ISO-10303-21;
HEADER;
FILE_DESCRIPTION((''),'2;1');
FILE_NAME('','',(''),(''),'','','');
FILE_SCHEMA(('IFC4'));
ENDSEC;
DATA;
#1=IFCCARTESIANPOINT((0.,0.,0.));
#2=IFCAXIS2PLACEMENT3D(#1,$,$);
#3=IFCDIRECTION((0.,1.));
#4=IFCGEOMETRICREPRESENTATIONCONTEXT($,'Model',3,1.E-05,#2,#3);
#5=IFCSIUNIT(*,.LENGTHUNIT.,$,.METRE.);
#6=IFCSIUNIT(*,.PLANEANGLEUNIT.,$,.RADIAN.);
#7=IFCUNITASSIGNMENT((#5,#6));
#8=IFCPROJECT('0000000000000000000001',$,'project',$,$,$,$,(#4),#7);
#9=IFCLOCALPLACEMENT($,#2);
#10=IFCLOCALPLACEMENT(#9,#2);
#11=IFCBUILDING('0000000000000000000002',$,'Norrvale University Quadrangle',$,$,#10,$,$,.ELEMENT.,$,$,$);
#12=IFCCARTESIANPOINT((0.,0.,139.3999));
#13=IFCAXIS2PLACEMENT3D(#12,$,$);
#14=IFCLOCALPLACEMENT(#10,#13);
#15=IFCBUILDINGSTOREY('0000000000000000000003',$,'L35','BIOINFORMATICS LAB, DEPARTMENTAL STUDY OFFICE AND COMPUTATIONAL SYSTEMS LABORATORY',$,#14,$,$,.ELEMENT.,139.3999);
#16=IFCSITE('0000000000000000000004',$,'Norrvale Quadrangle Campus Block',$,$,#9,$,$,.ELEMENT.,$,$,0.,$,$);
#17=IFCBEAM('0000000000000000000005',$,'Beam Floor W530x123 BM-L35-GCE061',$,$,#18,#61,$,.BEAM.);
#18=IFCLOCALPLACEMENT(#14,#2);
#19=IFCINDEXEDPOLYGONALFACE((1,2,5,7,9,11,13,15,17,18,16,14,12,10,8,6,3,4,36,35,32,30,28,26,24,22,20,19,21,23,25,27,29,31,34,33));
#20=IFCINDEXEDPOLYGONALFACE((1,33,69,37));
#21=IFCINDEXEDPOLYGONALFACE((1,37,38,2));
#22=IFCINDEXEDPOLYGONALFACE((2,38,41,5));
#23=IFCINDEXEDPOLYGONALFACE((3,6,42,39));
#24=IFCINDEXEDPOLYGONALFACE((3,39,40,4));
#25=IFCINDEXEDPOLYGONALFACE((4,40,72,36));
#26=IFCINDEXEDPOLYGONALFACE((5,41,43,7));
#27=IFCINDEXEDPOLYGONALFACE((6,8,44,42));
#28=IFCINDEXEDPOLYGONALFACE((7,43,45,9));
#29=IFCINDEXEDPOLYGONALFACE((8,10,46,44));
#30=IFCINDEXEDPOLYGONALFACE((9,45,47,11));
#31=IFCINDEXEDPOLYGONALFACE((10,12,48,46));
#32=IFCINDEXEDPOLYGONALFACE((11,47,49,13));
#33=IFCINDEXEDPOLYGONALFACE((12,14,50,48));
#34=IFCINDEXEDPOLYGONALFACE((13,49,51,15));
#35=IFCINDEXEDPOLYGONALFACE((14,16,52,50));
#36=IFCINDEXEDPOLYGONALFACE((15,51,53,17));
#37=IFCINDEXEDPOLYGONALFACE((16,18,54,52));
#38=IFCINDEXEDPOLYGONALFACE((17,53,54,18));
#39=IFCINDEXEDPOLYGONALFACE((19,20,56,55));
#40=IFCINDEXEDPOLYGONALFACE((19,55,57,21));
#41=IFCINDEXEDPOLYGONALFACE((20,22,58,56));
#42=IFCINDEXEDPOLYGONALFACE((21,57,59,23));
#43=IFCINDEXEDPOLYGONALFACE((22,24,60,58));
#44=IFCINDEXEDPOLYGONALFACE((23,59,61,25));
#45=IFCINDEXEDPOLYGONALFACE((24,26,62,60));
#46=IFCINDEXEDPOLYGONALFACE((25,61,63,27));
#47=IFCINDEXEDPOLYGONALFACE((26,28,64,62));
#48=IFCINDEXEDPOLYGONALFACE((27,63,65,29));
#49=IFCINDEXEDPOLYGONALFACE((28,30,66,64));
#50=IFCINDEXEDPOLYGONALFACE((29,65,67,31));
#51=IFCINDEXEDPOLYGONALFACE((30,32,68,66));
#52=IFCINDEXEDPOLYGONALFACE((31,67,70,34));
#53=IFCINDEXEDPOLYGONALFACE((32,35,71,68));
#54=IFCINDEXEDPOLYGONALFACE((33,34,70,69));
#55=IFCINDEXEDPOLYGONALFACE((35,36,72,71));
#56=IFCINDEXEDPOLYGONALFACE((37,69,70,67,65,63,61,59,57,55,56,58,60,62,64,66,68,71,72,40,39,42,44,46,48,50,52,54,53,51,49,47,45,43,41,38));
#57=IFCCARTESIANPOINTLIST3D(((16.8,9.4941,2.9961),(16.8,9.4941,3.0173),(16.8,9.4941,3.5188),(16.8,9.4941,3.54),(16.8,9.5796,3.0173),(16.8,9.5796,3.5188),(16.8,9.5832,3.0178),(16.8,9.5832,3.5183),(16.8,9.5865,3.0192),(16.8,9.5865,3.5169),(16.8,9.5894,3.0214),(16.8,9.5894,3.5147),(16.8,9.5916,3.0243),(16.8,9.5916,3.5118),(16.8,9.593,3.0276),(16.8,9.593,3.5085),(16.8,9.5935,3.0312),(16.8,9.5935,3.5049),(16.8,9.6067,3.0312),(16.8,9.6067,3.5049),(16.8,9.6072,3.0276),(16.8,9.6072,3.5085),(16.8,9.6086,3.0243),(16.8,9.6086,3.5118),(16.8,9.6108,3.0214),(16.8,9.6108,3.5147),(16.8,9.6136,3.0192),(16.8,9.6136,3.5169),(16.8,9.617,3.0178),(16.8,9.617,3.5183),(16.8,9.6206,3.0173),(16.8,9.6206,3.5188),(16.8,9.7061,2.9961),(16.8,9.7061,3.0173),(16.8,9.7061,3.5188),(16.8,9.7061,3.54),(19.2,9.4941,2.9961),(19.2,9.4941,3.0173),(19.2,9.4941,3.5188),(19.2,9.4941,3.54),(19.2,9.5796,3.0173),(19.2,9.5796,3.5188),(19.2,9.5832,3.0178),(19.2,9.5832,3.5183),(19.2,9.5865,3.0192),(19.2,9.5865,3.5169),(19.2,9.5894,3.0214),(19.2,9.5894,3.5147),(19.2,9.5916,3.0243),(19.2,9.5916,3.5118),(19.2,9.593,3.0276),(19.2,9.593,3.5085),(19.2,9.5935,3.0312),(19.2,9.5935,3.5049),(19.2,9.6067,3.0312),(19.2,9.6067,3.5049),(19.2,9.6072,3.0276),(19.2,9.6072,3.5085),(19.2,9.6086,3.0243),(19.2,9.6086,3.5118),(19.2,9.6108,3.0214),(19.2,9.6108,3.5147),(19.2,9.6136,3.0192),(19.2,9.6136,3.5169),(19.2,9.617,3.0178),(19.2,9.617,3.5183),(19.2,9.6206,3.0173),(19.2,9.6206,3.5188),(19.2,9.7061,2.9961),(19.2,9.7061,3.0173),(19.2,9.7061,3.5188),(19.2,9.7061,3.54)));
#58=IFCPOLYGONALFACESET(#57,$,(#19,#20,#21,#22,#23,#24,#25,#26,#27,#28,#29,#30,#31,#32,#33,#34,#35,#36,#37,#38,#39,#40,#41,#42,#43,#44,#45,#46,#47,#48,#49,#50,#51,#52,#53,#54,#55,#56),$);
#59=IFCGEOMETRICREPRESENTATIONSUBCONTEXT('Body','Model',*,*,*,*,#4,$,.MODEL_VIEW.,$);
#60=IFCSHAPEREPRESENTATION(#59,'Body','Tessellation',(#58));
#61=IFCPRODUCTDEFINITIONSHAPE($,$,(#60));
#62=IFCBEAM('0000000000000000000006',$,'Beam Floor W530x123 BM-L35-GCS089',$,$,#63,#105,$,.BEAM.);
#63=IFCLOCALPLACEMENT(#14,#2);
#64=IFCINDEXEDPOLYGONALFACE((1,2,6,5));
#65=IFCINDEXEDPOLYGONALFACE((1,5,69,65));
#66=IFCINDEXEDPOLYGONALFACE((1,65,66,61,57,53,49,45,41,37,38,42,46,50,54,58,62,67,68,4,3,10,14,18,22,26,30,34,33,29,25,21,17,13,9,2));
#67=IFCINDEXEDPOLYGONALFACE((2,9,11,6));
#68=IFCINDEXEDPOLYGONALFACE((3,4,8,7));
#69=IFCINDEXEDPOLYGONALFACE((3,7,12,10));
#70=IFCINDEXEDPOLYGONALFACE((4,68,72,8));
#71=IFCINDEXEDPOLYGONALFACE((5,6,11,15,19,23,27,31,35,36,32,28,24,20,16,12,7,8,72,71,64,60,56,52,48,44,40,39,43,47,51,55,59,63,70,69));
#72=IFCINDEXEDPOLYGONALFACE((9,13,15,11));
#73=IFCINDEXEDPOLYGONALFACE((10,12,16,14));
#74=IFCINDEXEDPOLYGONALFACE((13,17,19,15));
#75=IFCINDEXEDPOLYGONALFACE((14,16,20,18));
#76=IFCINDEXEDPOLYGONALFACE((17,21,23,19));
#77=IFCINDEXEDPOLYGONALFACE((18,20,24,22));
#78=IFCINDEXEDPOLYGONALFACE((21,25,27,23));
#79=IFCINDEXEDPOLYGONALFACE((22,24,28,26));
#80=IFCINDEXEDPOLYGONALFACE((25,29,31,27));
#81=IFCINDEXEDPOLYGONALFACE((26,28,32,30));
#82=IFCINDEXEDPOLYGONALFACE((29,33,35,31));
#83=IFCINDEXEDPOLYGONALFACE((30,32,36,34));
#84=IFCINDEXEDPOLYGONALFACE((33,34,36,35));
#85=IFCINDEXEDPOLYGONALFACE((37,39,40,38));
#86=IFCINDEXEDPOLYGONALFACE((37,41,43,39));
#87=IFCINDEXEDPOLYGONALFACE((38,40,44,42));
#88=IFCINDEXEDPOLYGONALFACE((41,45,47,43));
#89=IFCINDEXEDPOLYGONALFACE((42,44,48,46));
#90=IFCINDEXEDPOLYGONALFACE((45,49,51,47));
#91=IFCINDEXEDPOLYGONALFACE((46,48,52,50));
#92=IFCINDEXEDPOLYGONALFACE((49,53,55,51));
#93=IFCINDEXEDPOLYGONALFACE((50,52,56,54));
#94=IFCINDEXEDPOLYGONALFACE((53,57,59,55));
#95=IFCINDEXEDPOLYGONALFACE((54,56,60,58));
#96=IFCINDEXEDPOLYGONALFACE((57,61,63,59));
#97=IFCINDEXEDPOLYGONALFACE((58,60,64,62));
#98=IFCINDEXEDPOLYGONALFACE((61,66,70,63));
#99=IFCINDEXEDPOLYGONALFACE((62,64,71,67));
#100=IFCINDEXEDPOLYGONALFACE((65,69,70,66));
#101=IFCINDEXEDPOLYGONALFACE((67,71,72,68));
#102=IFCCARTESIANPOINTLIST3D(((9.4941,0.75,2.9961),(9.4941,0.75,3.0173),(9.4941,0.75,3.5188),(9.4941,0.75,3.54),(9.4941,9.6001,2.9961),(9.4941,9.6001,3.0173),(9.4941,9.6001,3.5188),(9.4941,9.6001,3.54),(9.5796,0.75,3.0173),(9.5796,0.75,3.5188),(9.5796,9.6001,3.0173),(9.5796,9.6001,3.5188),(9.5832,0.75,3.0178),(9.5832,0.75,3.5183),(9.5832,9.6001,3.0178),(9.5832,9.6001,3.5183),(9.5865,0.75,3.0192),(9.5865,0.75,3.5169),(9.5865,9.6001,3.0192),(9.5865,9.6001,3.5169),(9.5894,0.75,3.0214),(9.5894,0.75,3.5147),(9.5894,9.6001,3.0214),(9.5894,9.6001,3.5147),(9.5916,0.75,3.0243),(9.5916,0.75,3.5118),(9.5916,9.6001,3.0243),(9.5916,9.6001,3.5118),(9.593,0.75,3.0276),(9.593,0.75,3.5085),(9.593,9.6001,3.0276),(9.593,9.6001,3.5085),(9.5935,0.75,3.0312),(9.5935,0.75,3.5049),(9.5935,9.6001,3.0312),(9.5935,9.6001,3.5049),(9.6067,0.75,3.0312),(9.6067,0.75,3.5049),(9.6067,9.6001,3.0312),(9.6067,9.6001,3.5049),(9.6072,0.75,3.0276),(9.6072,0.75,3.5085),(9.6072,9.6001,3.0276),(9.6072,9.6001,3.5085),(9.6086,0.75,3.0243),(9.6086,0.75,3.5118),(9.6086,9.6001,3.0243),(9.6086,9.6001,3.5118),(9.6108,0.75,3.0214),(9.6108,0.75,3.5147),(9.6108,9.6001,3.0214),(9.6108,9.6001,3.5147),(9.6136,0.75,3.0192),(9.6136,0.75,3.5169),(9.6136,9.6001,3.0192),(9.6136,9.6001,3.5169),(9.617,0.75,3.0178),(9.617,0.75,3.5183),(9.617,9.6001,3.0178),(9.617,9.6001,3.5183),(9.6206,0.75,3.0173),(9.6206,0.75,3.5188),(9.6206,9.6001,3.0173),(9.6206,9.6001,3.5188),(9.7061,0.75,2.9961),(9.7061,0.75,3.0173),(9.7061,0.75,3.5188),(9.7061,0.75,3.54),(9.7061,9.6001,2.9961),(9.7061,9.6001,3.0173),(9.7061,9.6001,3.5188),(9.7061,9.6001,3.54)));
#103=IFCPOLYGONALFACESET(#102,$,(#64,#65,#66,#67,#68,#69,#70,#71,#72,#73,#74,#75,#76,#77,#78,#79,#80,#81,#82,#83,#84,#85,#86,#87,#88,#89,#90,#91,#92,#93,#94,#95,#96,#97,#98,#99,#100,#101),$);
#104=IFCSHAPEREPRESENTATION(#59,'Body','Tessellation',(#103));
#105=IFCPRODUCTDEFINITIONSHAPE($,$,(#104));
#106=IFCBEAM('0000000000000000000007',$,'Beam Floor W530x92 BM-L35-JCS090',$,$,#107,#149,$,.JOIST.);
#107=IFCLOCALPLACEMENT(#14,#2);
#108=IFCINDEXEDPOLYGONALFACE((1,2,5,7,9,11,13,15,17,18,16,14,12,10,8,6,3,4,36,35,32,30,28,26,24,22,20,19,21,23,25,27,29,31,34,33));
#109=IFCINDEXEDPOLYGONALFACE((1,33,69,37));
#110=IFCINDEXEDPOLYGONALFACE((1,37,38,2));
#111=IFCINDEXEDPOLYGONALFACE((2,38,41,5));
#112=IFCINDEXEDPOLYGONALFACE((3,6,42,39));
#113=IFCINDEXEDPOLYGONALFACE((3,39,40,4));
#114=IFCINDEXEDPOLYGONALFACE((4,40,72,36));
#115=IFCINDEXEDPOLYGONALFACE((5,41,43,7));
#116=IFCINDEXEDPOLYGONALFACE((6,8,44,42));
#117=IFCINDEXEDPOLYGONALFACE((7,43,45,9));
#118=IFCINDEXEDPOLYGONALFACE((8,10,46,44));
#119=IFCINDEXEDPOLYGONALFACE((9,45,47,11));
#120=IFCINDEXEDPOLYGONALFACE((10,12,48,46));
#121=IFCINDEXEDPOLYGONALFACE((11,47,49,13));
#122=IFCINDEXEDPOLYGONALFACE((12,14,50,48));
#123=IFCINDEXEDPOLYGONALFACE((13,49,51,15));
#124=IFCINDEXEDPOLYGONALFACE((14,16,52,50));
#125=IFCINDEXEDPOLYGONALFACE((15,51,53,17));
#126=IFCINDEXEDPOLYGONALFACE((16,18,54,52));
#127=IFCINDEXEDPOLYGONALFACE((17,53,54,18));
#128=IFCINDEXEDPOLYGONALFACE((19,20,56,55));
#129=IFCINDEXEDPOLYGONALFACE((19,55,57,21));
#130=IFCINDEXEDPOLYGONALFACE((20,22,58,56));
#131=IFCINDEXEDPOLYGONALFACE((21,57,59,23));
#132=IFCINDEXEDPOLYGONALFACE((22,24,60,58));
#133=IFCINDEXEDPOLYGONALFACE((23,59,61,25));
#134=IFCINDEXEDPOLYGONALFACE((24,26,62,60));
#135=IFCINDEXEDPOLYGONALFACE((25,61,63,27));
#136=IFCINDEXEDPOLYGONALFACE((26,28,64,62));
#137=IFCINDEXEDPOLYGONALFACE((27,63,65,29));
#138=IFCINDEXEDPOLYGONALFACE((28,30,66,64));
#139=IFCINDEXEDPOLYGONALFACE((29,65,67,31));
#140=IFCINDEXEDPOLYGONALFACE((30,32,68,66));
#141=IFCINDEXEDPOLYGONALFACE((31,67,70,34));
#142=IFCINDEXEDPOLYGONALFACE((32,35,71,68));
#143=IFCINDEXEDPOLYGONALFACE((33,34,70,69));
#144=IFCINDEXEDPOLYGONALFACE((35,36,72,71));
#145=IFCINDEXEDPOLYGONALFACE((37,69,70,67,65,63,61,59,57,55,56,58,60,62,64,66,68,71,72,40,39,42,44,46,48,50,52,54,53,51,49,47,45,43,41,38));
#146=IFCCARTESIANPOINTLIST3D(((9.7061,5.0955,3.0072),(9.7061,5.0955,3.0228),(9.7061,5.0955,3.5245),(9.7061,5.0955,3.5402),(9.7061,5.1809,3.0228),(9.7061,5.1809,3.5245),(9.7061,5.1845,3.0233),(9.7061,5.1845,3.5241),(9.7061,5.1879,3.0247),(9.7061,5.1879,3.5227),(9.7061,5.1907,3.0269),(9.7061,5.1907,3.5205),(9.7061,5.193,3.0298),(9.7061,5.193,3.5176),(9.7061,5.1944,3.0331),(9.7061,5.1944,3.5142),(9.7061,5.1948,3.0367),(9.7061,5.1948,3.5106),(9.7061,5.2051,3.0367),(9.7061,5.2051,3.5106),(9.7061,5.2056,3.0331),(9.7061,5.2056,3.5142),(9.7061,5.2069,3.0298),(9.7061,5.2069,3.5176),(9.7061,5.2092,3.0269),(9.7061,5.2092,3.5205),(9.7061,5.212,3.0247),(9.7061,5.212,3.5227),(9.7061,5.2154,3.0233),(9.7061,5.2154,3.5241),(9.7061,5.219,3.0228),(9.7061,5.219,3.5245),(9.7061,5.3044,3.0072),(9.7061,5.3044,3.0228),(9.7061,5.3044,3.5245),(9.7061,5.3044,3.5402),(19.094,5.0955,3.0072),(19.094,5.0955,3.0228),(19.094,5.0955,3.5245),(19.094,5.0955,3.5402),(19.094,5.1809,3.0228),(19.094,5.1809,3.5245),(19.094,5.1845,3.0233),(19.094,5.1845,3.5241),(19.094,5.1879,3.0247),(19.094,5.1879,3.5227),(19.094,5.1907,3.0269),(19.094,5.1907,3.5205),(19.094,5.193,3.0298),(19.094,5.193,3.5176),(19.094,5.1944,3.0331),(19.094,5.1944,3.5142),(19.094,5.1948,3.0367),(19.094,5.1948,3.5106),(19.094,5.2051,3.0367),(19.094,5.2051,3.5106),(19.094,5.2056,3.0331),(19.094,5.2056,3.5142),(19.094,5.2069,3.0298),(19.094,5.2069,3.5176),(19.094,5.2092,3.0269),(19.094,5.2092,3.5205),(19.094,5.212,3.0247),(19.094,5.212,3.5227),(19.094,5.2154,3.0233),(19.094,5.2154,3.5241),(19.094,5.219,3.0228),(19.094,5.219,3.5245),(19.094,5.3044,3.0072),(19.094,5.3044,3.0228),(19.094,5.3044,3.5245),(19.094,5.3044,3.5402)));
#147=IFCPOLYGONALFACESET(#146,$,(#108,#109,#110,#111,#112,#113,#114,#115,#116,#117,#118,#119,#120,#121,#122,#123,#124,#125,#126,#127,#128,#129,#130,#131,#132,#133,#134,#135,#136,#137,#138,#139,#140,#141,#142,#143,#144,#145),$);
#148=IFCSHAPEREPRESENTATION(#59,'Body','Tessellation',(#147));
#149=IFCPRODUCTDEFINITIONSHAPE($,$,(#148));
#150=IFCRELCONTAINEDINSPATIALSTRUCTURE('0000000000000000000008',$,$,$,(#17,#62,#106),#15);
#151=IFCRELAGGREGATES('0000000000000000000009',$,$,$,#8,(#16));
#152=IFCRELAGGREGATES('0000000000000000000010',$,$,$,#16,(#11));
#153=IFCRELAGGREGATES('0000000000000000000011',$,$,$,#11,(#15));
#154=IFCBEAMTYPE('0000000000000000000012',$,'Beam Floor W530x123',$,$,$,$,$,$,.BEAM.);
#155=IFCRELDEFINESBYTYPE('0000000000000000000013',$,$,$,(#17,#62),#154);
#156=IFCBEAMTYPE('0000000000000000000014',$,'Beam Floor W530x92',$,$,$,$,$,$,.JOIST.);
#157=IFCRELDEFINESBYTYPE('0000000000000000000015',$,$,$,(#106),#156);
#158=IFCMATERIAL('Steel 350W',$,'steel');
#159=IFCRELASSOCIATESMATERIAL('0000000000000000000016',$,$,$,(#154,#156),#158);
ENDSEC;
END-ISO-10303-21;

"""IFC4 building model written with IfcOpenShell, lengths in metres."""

from ifc_helpers import new_model, si_unit, direction, frame, origin, origin_2d, place, context, subcontext, project, spatial, i_section, extrude, material, material_profile, profile_set, type_object, element, save


model = new_model("IFC4")

# Units and contexts
model_context = context("Model", 3, precision=1e-05, world=origin(), true_north=direction((0.0, 1.0)))
body_context = subcontext(model_context, "Body", "Model", "MODEL_VIEW")
ifc_project = project(units=[si_unit("LENGTHUNIT", "METRE"), si_unit("PLANEANGLEUNIT", "RADIAN")], contexts=[model_context])

# Site, building, storey
site_placement = place(None, origin())
site = spatial("IfcSite", under=ifc_project, at=site_placement, Name="Norrvale Quadrangle Campus Block", CompositionType="ELEMENT", RefElevation=0.0)
building_placement = place(site_placement, origin())
building = spatial("IfcBuilding", under=site, at=building_placement, Name="Norrvale University Quadrangle", CompositionType="ELEMENT")
storey_placement = place(building_placement, frame((0.0, 0.0, 139.3999)))
storey = spatial("IfcBuildingStorey", under=building, at=storey_placement, Name="L35", Description="BIOINFORMATICS LAB, DEPARTMENTAL STUDY OFFICE AND COMPUTATIONAL SYSTEMS LABORATORY", CompositionType="ELEMENT", Elevation=139.3999)

# Beams
ifc_material_1 = material(Name="Steel 350W", Category="steel")
ifc_material_profile_1 = material_profile(ifc_material_1, i_section(OverallWidth=0.2119, OverallDepth=0.5439, WebThickness=0.0132, FlangeThickness=0.0212, FilletRadius=0.0139, at=origin_2d()), Name="Steel 350W")
ifc_profile_set_1 = profile_set([ifc_material_profile_1], Name="Steel 350W")
beam_type_1 = type_object("IfcBeamType", Name="Beam Floor W530x123", PredefinedType="BEAM", material=ifc_profile_set_1)
beam_1_placement = place(storey_placement, frame((16.8, 9.6001, 3.2681), z_axis=(1.0, 0.0, 0.0), x_axis=(0.0, 1.0, 0.0)))
element("IfcBeam", 1, at=beam_1_placement, inside=storey, type_object=beam_type_1, Name="Beam Floor W530x123 BM-L35-GCE061", PredefinedType="BEAM", context=body_context, shape_type="SweptSolid", body=[
    extrude(i_section(OverallWidth=0.2119, OverallDepth=0.5439, WebThickness=0.0132, FlangeThickness=0.0212, FilletRadius=0.0139, at=origin_2d()), origin(), (0.0, 0.0, 1.0), 2.3999),
])
beam_2_placement = place(storey_placement, frame((9.6001, 0.75, 3.2681), z_axis=(0.0, 1.0, 0.0), x_axis=(-1.0, 0.0, 0.0)))
element("IfcBeam", 2, at=beam_2_placement, inside=storey, type_object=beam_type_1, Name="Beam Floor W530x123 BM-L35-GCS089", PredefinedType="BEAM", context=body_context, shape_type="SweptSolid", body=[
    extrude(i_section(OverallWidth=0.2119, OverallDepth=0.5439, WebThickness=0.0132, FlangeThickness=0.0212, FilletRadius=0.0139, at=origin_2d()), origin(), (0.0, 0.0, 1.0), 8.8501),
])
ifc_material_profile_2 = material_profile(ifc_material_1, i_section(OverallWidth=0.209, OverallDepth=0.533, WebThickness=0.0103, FlangeThickness=0.0156, FilletRadius=0.0139, at=origin_2d()), Name="Steel 350W")
ifc_profile_set_2 = profile_set([ifc_material_profile_2], Name="Steel 350W")
beam_type_2 = type_object("IfcBeamType", Name="Beam Floor W530x92", PredefinedType="JOIST", material=ifc_profile_set_2)
beam_3_placement = place(storey_placement, frame((9.7061, 5.2, 3.2737), z_axis=(1.0, 0.0, 0.0), x_axis=(0.0, 1.0, 0.0)))
element("IfcBeam", 3, at=beam_3_placement, inside=storey, type_object=beam_type_2, Name="Beam Floor W530x92 BM-L35-JCS090", PredefinedType="JOIST", context=body_context, shape_type="SweptSolid", body=[
    extrude(i_section(OverallWidth=0.209, OverallDepth=0.533, WebThickness=0.0103, FlangeThickness=0.0156, FilletRadius=0.0139, at=origin_2d()), origin(), (0.0, 0.0, 1.0), 9.3879),
])

save(model, "model.ifc")
